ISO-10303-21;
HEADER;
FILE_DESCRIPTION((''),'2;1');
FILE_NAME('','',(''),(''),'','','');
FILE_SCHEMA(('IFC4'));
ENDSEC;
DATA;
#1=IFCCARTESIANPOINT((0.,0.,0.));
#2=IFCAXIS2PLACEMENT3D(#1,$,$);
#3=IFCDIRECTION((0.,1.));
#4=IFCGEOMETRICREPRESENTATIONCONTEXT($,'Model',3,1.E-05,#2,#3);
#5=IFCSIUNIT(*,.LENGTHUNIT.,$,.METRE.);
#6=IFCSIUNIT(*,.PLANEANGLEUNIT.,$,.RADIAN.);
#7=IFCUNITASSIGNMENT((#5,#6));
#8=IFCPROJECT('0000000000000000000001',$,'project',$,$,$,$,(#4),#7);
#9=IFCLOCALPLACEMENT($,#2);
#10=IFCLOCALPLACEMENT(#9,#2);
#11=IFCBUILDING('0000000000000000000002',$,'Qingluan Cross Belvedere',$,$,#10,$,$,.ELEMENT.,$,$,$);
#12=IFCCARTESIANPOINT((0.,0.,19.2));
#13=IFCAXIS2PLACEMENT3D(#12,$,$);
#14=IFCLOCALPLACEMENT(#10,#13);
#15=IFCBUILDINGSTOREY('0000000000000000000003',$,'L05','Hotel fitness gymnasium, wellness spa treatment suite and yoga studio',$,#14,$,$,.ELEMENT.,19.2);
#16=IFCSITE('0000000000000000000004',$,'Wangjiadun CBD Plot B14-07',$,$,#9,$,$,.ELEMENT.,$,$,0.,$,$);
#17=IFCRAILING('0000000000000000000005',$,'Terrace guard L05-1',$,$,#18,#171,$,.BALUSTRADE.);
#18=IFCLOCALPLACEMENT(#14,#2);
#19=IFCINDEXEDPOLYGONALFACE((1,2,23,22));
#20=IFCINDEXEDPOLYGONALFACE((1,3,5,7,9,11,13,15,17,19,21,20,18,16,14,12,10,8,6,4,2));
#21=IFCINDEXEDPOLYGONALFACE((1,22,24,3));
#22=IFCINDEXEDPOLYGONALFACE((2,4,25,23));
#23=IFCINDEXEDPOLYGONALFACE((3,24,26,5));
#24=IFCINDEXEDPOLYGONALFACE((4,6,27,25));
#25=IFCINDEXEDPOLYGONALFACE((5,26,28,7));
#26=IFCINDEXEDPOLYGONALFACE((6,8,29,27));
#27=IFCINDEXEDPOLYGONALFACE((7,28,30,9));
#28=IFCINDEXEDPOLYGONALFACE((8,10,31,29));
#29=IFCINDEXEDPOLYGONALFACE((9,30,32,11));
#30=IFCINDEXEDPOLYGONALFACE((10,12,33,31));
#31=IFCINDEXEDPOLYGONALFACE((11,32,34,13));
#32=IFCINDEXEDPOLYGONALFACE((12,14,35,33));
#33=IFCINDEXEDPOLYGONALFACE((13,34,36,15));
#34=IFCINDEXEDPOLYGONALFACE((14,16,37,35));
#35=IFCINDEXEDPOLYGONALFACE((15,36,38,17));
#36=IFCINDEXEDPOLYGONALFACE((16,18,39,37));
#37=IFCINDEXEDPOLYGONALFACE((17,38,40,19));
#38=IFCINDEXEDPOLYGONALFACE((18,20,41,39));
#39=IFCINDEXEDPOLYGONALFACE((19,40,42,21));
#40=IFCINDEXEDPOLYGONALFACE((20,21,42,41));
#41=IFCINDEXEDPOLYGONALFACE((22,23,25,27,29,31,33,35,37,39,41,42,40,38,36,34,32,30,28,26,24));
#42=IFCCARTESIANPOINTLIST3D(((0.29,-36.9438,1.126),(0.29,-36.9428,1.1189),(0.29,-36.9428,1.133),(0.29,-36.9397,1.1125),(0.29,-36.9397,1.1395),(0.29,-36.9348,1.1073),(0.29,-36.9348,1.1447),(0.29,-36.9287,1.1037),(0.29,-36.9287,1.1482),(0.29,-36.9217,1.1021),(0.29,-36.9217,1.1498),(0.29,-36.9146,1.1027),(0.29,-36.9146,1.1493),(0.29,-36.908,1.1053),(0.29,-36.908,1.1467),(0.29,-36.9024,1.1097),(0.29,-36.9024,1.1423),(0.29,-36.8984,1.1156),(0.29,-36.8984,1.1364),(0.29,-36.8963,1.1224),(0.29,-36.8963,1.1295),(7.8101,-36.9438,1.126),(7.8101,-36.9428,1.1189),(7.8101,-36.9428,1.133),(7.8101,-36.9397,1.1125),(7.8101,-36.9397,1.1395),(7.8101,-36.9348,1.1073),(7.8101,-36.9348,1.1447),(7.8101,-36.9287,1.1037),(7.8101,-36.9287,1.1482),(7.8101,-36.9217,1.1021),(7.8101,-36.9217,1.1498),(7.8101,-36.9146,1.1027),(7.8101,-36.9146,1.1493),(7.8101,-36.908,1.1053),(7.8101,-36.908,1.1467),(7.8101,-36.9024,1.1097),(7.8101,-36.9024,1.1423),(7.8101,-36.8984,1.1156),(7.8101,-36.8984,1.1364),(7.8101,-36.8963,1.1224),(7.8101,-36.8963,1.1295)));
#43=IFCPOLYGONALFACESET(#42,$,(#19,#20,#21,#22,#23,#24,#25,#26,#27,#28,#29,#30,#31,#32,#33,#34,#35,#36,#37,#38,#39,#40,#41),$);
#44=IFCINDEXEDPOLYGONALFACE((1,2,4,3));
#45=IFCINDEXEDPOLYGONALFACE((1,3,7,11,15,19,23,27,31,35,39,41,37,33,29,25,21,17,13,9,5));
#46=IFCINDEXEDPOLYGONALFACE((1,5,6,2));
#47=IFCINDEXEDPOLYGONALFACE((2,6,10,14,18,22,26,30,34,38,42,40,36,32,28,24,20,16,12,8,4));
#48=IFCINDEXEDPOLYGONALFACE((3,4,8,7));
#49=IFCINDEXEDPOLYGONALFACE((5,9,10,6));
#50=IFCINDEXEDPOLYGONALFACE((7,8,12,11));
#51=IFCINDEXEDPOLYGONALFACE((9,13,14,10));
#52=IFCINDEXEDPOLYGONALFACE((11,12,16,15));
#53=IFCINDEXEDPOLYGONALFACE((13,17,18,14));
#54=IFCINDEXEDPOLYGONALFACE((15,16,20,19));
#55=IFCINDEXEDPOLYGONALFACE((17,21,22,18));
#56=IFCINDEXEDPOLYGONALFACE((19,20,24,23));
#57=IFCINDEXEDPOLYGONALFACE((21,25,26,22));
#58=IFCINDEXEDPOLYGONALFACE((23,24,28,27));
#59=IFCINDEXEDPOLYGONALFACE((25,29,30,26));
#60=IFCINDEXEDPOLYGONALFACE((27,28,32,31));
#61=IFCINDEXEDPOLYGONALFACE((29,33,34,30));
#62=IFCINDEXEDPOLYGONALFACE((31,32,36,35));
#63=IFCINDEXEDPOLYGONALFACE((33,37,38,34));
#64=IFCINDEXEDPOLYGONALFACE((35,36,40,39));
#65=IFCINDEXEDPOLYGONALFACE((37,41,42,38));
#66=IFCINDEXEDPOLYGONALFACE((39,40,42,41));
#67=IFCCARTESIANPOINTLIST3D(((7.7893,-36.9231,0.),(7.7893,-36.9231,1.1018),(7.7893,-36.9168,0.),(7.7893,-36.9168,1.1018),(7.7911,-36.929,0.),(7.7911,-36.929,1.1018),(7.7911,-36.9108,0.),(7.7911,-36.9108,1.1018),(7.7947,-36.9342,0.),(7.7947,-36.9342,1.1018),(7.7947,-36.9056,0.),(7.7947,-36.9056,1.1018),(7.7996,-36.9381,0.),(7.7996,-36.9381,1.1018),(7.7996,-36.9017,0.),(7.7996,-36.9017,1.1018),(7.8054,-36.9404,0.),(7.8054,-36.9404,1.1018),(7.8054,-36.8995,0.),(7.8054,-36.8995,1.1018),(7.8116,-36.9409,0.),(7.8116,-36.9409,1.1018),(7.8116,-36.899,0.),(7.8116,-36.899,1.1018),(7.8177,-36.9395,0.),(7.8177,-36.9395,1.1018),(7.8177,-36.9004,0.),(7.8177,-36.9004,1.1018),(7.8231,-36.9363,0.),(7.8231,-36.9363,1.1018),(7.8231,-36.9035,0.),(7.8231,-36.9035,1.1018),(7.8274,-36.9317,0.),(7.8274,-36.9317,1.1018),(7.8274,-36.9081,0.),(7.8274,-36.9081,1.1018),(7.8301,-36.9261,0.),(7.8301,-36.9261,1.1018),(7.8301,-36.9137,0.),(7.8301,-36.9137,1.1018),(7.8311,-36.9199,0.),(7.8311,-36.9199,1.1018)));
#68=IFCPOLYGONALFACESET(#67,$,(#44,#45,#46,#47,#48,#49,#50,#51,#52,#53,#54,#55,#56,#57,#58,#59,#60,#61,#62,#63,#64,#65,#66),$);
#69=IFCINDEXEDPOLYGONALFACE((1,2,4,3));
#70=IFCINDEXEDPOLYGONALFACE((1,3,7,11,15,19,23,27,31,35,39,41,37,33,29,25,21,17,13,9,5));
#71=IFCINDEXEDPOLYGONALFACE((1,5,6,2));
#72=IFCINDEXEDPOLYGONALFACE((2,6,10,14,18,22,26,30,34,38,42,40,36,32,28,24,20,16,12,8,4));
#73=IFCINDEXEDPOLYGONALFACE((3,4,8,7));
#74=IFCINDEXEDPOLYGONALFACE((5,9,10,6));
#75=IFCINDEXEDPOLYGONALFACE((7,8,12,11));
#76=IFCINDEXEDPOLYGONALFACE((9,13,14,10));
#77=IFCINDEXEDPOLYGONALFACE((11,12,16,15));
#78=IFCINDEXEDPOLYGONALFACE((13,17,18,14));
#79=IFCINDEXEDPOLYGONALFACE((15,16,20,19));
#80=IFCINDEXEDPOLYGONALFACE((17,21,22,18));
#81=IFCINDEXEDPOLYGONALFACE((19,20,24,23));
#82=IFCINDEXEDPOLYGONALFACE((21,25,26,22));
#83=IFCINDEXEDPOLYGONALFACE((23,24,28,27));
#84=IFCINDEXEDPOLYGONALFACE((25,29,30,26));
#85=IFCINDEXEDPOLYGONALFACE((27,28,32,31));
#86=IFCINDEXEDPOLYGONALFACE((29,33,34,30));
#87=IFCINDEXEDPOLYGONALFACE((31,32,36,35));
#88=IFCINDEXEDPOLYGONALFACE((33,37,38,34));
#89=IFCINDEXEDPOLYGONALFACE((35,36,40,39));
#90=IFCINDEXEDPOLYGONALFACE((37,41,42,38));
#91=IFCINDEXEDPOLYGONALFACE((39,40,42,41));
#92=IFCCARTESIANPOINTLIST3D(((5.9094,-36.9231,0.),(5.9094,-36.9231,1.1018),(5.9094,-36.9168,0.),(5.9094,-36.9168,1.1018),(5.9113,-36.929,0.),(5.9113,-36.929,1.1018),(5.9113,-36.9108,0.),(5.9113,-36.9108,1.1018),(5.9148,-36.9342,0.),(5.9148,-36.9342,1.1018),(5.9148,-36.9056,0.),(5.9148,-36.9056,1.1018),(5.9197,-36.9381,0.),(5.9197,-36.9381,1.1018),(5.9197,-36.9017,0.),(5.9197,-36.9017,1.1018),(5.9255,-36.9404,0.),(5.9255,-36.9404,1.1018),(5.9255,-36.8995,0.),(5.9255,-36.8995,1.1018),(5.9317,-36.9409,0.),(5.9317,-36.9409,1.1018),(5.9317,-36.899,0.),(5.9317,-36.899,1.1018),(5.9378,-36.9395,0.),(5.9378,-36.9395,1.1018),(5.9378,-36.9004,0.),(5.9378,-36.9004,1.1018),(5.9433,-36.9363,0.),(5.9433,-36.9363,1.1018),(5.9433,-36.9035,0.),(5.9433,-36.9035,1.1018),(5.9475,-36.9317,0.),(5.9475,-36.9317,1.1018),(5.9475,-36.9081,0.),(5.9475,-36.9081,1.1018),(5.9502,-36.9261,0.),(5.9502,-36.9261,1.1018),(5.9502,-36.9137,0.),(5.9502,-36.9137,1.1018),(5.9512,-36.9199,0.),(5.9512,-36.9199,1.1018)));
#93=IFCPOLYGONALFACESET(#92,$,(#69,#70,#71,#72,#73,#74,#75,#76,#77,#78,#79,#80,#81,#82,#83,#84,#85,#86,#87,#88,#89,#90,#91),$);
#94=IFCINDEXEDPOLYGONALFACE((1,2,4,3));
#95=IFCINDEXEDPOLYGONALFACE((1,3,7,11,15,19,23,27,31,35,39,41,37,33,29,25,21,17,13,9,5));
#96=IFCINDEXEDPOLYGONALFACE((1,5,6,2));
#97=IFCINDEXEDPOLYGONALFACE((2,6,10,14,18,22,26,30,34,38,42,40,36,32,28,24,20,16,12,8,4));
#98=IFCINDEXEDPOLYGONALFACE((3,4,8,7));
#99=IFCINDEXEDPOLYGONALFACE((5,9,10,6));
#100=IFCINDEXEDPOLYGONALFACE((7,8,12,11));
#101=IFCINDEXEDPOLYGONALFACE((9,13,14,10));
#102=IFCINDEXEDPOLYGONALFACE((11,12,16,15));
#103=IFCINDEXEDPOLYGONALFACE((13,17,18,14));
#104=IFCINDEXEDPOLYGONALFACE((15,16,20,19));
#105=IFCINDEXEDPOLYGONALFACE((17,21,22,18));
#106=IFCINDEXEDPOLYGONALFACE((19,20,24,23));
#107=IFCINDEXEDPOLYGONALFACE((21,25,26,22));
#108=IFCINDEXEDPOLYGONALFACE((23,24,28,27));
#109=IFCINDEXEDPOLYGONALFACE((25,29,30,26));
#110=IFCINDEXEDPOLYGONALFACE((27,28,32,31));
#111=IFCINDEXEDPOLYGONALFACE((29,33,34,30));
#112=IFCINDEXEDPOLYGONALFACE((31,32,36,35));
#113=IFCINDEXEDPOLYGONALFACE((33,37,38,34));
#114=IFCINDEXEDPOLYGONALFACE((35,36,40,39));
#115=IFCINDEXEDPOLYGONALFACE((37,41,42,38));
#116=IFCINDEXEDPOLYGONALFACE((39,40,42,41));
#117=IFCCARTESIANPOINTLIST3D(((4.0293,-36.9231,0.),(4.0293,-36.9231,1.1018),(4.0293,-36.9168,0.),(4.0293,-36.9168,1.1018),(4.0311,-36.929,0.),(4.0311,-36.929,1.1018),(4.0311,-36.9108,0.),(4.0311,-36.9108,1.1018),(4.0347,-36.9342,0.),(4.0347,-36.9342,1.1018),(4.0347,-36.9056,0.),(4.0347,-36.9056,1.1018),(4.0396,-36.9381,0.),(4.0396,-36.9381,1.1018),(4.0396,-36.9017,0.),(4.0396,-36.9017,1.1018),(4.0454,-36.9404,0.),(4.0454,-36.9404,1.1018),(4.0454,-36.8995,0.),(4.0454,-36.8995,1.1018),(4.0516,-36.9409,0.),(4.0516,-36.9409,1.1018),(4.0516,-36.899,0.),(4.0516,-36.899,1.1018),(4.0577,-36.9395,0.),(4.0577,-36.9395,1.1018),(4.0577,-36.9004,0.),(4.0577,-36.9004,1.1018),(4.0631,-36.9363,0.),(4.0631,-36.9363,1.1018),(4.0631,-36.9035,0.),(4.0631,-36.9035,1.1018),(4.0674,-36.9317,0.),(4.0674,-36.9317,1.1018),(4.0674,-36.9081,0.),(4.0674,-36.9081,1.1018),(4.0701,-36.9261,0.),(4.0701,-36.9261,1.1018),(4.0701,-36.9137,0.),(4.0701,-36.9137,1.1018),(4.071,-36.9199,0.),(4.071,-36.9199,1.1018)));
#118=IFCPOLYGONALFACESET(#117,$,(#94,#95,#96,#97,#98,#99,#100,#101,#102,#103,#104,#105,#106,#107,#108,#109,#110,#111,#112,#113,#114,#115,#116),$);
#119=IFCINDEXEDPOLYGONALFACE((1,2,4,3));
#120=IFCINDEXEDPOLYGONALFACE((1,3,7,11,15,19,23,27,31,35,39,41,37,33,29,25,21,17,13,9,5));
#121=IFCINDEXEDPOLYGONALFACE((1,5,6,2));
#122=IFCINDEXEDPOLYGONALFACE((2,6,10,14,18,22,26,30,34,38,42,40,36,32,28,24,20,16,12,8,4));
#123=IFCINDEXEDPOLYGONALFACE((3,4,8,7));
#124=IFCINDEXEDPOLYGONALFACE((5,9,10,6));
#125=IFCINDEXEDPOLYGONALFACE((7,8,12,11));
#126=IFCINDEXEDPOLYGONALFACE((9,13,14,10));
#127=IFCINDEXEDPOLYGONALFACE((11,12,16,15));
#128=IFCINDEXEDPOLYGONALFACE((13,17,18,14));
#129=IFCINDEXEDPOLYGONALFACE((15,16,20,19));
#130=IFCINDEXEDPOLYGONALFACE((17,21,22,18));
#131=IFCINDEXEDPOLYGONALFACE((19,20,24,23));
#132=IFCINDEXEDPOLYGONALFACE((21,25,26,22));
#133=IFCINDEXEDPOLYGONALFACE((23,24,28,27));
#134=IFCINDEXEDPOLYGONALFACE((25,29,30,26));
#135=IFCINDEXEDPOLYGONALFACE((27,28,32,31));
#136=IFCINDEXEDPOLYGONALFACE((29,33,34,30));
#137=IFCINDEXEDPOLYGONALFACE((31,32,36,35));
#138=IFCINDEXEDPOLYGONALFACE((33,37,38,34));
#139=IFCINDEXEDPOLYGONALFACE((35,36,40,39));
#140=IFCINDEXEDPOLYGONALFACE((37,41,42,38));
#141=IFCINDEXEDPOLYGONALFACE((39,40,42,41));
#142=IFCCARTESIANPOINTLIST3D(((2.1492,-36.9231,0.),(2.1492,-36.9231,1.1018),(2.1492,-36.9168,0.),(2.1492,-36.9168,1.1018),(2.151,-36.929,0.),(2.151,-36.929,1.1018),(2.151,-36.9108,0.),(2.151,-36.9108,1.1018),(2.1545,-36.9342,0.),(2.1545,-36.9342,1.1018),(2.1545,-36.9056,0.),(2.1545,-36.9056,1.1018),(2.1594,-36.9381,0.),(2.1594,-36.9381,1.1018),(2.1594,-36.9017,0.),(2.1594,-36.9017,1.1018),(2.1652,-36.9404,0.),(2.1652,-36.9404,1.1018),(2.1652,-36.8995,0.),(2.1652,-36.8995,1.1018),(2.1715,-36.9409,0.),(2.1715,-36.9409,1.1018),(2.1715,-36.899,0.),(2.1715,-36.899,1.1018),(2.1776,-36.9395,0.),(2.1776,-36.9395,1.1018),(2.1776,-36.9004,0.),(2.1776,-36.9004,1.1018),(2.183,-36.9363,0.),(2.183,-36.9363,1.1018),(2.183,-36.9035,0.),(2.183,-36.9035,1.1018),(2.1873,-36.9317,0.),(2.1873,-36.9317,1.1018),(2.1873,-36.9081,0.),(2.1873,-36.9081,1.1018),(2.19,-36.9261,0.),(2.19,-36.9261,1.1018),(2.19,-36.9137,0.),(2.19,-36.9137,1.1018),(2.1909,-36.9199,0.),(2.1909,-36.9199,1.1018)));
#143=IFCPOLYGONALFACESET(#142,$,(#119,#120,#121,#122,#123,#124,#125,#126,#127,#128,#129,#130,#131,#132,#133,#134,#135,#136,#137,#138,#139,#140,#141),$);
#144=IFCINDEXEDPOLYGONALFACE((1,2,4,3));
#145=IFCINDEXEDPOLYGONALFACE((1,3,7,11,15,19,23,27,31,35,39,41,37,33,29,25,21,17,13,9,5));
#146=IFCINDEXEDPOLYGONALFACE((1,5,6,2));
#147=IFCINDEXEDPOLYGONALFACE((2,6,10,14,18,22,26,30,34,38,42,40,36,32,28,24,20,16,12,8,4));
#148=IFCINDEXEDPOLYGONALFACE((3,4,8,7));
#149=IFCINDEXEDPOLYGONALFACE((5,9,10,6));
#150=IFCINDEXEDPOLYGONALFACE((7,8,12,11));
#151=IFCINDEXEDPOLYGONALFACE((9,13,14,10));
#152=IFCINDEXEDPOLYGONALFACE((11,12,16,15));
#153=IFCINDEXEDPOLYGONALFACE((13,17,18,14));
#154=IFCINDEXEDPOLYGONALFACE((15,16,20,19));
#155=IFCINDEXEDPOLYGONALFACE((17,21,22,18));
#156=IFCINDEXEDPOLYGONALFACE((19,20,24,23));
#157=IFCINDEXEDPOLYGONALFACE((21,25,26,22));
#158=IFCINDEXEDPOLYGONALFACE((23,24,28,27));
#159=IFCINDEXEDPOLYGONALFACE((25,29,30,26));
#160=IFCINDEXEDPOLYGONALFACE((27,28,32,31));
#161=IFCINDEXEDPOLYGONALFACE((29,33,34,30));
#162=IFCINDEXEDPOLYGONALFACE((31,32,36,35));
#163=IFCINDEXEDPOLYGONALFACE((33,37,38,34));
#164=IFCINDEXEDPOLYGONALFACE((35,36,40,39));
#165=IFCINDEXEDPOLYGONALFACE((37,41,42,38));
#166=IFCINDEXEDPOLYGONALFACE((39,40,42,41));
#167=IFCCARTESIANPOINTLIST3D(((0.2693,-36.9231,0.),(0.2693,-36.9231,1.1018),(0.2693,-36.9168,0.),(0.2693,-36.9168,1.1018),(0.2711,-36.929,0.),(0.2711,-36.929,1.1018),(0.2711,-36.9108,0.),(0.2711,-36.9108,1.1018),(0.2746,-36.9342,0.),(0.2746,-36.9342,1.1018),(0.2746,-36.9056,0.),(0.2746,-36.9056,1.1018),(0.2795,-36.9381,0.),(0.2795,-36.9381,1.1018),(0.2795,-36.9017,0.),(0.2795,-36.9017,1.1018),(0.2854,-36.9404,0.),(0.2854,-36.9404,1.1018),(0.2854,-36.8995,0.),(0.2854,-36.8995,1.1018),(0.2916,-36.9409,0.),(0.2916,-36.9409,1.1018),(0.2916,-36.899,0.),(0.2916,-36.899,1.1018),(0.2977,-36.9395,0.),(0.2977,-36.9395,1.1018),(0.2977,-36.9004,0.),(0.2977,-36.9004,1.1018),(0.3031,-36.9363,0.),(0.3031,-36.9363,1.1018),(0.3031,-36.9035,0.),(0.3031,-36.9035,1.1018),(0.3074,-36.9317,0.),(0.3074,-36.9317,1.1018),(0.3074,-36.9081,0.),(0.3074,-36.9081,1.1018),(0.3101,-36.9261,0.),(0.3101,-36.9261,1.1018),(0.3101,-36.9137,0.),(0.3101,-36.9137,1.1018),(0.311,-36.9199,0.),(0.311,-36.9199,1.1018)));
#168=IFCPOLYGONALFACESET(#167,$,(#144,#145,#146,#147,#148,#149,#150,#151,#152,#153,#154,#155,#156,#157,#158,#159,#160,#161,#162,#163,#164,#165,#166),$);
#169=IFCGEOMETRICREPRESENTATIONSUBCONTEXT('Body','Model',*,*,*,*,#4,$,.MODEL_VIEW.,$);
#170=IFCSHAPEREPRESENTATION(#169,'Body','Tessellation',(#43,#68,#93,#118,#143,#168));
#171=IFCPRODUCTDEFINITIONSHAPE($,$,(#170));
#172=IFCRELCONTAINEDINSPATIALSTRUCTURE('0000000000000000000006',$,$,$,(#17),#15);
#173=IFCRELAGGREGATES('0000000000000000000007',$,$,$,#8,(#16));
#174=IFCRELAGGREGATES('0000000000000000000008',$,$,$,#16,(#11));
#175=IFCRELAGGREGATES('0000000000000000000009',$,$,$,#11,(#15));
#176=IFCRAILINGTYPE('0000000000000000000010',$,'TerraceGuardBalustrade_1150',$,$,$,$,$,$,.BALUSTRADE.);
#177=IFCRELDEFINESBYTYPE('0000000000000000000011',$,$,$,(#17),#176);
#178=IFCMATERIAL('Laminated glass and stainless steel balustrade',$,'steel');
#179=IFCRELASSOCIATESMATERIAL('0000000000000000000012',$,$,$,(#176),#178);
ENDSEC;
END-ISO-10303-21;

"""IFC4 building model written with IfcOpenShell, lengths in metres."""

from ifc_helpers import new_model, si_unit, direction, frame, origin, origin_2d, place, context, subcontext, project, spatial, circle, extrude, material, type_object, element, save


model = new_model("IFC4")

# Units and contexts
model_context = context("Model", 3, precision=1e-05, world=origin(), true_north=direction((0.0, 1.0)))
body_context = subcontext(model_context, "Body", "Model", "MODEL_VIEW")
ifc_project = project(units=[si_unit("LENGTHUNIT", "METRE"), si_unit("PLANEANGLEUNIT", "RADIAN")], contexts=[model_context])

# Site, building, storey
site_placement = place(None, origin())
site = spatial("IfcSite", under=ifc_project, at=site_placement, Name="Wangjiadun CBD Plot B14-07", CompositionType="ELEMENT", RefElevation=0.0)
building_placement = place(site_placement, origin())
building = spatial("IfcBuilding", under=site, at=building_placement, Name="Qingluan Cross Belvedere", CompositionType="ELEMENT")
storey_placement = place(building_placement, frame((0.0, 0.0, 19.2)))
storey = spatial("IfcBuildingStorey", under=building, at=storey_placement, Name="L05", Description="Hotel fitness gymnasium, wellness spa treatment suite and yoga studio", CompositionType="ELEMENT", Elevation=19.2)

# Railing
ifc_material_1 = material(Name="Laminated glass and stainless steel balustrade", Category="steel")
railing_type = type_object("IfcRailingType", Name="TerraceGuardBalustrade_1150", PredefinedType="BALUSTRADE", material=ifc_material_1)
railing_placement = place(storey_placement, frame((7.8101, -36.9199, 0.0)))
element("IfcRailing", 1, at=railing_placement, inside=storey, type_object=railing_type, Name="Terrace guard L05-1", PredefinedType="BALUSTRADE", context=body_context, shape_type="SweptSolid", body=[
    extrude(circle(Radius=0.0239, at=origin_2d()), frame((0.0, 0.0, 1.126), z_axis=(-1.0, 0.0, 0.0), x_axis=(0.0, -1.0, 0.0)), (0.0, 0.0, 1.0), 7.52),
    extrude(circle(Radius=0.021, at=origin_2d()), origin(), (0.0, 0.0, 1.0), 1.1018),
    extrude(circle(Radius=0.021, at=origin_2d()), frame((-1.8799, 0.0, 0.0)), (0.0, 0.0, 1.0), 1.1018),
    extrude(circle(Radius=0.021, at=origin_2d()), frame((-3.76, 0.0, 0.0)), (0.0, 0.0, 1.0), 1.1018),
    extrude(circle(Radius=0.021, at=origin_2d()), frame((-5.6401, 0.0, 0.0)), (0.0, 0.0, 1.0), 1.1018),
    extrude(circle(Radius=0.021, at=origin_2d()), frame((-7.52, 0.0, 0.0)), (0.0, 0.0, 1.0), 1.1018),
])

save(model, "model.ifc")
